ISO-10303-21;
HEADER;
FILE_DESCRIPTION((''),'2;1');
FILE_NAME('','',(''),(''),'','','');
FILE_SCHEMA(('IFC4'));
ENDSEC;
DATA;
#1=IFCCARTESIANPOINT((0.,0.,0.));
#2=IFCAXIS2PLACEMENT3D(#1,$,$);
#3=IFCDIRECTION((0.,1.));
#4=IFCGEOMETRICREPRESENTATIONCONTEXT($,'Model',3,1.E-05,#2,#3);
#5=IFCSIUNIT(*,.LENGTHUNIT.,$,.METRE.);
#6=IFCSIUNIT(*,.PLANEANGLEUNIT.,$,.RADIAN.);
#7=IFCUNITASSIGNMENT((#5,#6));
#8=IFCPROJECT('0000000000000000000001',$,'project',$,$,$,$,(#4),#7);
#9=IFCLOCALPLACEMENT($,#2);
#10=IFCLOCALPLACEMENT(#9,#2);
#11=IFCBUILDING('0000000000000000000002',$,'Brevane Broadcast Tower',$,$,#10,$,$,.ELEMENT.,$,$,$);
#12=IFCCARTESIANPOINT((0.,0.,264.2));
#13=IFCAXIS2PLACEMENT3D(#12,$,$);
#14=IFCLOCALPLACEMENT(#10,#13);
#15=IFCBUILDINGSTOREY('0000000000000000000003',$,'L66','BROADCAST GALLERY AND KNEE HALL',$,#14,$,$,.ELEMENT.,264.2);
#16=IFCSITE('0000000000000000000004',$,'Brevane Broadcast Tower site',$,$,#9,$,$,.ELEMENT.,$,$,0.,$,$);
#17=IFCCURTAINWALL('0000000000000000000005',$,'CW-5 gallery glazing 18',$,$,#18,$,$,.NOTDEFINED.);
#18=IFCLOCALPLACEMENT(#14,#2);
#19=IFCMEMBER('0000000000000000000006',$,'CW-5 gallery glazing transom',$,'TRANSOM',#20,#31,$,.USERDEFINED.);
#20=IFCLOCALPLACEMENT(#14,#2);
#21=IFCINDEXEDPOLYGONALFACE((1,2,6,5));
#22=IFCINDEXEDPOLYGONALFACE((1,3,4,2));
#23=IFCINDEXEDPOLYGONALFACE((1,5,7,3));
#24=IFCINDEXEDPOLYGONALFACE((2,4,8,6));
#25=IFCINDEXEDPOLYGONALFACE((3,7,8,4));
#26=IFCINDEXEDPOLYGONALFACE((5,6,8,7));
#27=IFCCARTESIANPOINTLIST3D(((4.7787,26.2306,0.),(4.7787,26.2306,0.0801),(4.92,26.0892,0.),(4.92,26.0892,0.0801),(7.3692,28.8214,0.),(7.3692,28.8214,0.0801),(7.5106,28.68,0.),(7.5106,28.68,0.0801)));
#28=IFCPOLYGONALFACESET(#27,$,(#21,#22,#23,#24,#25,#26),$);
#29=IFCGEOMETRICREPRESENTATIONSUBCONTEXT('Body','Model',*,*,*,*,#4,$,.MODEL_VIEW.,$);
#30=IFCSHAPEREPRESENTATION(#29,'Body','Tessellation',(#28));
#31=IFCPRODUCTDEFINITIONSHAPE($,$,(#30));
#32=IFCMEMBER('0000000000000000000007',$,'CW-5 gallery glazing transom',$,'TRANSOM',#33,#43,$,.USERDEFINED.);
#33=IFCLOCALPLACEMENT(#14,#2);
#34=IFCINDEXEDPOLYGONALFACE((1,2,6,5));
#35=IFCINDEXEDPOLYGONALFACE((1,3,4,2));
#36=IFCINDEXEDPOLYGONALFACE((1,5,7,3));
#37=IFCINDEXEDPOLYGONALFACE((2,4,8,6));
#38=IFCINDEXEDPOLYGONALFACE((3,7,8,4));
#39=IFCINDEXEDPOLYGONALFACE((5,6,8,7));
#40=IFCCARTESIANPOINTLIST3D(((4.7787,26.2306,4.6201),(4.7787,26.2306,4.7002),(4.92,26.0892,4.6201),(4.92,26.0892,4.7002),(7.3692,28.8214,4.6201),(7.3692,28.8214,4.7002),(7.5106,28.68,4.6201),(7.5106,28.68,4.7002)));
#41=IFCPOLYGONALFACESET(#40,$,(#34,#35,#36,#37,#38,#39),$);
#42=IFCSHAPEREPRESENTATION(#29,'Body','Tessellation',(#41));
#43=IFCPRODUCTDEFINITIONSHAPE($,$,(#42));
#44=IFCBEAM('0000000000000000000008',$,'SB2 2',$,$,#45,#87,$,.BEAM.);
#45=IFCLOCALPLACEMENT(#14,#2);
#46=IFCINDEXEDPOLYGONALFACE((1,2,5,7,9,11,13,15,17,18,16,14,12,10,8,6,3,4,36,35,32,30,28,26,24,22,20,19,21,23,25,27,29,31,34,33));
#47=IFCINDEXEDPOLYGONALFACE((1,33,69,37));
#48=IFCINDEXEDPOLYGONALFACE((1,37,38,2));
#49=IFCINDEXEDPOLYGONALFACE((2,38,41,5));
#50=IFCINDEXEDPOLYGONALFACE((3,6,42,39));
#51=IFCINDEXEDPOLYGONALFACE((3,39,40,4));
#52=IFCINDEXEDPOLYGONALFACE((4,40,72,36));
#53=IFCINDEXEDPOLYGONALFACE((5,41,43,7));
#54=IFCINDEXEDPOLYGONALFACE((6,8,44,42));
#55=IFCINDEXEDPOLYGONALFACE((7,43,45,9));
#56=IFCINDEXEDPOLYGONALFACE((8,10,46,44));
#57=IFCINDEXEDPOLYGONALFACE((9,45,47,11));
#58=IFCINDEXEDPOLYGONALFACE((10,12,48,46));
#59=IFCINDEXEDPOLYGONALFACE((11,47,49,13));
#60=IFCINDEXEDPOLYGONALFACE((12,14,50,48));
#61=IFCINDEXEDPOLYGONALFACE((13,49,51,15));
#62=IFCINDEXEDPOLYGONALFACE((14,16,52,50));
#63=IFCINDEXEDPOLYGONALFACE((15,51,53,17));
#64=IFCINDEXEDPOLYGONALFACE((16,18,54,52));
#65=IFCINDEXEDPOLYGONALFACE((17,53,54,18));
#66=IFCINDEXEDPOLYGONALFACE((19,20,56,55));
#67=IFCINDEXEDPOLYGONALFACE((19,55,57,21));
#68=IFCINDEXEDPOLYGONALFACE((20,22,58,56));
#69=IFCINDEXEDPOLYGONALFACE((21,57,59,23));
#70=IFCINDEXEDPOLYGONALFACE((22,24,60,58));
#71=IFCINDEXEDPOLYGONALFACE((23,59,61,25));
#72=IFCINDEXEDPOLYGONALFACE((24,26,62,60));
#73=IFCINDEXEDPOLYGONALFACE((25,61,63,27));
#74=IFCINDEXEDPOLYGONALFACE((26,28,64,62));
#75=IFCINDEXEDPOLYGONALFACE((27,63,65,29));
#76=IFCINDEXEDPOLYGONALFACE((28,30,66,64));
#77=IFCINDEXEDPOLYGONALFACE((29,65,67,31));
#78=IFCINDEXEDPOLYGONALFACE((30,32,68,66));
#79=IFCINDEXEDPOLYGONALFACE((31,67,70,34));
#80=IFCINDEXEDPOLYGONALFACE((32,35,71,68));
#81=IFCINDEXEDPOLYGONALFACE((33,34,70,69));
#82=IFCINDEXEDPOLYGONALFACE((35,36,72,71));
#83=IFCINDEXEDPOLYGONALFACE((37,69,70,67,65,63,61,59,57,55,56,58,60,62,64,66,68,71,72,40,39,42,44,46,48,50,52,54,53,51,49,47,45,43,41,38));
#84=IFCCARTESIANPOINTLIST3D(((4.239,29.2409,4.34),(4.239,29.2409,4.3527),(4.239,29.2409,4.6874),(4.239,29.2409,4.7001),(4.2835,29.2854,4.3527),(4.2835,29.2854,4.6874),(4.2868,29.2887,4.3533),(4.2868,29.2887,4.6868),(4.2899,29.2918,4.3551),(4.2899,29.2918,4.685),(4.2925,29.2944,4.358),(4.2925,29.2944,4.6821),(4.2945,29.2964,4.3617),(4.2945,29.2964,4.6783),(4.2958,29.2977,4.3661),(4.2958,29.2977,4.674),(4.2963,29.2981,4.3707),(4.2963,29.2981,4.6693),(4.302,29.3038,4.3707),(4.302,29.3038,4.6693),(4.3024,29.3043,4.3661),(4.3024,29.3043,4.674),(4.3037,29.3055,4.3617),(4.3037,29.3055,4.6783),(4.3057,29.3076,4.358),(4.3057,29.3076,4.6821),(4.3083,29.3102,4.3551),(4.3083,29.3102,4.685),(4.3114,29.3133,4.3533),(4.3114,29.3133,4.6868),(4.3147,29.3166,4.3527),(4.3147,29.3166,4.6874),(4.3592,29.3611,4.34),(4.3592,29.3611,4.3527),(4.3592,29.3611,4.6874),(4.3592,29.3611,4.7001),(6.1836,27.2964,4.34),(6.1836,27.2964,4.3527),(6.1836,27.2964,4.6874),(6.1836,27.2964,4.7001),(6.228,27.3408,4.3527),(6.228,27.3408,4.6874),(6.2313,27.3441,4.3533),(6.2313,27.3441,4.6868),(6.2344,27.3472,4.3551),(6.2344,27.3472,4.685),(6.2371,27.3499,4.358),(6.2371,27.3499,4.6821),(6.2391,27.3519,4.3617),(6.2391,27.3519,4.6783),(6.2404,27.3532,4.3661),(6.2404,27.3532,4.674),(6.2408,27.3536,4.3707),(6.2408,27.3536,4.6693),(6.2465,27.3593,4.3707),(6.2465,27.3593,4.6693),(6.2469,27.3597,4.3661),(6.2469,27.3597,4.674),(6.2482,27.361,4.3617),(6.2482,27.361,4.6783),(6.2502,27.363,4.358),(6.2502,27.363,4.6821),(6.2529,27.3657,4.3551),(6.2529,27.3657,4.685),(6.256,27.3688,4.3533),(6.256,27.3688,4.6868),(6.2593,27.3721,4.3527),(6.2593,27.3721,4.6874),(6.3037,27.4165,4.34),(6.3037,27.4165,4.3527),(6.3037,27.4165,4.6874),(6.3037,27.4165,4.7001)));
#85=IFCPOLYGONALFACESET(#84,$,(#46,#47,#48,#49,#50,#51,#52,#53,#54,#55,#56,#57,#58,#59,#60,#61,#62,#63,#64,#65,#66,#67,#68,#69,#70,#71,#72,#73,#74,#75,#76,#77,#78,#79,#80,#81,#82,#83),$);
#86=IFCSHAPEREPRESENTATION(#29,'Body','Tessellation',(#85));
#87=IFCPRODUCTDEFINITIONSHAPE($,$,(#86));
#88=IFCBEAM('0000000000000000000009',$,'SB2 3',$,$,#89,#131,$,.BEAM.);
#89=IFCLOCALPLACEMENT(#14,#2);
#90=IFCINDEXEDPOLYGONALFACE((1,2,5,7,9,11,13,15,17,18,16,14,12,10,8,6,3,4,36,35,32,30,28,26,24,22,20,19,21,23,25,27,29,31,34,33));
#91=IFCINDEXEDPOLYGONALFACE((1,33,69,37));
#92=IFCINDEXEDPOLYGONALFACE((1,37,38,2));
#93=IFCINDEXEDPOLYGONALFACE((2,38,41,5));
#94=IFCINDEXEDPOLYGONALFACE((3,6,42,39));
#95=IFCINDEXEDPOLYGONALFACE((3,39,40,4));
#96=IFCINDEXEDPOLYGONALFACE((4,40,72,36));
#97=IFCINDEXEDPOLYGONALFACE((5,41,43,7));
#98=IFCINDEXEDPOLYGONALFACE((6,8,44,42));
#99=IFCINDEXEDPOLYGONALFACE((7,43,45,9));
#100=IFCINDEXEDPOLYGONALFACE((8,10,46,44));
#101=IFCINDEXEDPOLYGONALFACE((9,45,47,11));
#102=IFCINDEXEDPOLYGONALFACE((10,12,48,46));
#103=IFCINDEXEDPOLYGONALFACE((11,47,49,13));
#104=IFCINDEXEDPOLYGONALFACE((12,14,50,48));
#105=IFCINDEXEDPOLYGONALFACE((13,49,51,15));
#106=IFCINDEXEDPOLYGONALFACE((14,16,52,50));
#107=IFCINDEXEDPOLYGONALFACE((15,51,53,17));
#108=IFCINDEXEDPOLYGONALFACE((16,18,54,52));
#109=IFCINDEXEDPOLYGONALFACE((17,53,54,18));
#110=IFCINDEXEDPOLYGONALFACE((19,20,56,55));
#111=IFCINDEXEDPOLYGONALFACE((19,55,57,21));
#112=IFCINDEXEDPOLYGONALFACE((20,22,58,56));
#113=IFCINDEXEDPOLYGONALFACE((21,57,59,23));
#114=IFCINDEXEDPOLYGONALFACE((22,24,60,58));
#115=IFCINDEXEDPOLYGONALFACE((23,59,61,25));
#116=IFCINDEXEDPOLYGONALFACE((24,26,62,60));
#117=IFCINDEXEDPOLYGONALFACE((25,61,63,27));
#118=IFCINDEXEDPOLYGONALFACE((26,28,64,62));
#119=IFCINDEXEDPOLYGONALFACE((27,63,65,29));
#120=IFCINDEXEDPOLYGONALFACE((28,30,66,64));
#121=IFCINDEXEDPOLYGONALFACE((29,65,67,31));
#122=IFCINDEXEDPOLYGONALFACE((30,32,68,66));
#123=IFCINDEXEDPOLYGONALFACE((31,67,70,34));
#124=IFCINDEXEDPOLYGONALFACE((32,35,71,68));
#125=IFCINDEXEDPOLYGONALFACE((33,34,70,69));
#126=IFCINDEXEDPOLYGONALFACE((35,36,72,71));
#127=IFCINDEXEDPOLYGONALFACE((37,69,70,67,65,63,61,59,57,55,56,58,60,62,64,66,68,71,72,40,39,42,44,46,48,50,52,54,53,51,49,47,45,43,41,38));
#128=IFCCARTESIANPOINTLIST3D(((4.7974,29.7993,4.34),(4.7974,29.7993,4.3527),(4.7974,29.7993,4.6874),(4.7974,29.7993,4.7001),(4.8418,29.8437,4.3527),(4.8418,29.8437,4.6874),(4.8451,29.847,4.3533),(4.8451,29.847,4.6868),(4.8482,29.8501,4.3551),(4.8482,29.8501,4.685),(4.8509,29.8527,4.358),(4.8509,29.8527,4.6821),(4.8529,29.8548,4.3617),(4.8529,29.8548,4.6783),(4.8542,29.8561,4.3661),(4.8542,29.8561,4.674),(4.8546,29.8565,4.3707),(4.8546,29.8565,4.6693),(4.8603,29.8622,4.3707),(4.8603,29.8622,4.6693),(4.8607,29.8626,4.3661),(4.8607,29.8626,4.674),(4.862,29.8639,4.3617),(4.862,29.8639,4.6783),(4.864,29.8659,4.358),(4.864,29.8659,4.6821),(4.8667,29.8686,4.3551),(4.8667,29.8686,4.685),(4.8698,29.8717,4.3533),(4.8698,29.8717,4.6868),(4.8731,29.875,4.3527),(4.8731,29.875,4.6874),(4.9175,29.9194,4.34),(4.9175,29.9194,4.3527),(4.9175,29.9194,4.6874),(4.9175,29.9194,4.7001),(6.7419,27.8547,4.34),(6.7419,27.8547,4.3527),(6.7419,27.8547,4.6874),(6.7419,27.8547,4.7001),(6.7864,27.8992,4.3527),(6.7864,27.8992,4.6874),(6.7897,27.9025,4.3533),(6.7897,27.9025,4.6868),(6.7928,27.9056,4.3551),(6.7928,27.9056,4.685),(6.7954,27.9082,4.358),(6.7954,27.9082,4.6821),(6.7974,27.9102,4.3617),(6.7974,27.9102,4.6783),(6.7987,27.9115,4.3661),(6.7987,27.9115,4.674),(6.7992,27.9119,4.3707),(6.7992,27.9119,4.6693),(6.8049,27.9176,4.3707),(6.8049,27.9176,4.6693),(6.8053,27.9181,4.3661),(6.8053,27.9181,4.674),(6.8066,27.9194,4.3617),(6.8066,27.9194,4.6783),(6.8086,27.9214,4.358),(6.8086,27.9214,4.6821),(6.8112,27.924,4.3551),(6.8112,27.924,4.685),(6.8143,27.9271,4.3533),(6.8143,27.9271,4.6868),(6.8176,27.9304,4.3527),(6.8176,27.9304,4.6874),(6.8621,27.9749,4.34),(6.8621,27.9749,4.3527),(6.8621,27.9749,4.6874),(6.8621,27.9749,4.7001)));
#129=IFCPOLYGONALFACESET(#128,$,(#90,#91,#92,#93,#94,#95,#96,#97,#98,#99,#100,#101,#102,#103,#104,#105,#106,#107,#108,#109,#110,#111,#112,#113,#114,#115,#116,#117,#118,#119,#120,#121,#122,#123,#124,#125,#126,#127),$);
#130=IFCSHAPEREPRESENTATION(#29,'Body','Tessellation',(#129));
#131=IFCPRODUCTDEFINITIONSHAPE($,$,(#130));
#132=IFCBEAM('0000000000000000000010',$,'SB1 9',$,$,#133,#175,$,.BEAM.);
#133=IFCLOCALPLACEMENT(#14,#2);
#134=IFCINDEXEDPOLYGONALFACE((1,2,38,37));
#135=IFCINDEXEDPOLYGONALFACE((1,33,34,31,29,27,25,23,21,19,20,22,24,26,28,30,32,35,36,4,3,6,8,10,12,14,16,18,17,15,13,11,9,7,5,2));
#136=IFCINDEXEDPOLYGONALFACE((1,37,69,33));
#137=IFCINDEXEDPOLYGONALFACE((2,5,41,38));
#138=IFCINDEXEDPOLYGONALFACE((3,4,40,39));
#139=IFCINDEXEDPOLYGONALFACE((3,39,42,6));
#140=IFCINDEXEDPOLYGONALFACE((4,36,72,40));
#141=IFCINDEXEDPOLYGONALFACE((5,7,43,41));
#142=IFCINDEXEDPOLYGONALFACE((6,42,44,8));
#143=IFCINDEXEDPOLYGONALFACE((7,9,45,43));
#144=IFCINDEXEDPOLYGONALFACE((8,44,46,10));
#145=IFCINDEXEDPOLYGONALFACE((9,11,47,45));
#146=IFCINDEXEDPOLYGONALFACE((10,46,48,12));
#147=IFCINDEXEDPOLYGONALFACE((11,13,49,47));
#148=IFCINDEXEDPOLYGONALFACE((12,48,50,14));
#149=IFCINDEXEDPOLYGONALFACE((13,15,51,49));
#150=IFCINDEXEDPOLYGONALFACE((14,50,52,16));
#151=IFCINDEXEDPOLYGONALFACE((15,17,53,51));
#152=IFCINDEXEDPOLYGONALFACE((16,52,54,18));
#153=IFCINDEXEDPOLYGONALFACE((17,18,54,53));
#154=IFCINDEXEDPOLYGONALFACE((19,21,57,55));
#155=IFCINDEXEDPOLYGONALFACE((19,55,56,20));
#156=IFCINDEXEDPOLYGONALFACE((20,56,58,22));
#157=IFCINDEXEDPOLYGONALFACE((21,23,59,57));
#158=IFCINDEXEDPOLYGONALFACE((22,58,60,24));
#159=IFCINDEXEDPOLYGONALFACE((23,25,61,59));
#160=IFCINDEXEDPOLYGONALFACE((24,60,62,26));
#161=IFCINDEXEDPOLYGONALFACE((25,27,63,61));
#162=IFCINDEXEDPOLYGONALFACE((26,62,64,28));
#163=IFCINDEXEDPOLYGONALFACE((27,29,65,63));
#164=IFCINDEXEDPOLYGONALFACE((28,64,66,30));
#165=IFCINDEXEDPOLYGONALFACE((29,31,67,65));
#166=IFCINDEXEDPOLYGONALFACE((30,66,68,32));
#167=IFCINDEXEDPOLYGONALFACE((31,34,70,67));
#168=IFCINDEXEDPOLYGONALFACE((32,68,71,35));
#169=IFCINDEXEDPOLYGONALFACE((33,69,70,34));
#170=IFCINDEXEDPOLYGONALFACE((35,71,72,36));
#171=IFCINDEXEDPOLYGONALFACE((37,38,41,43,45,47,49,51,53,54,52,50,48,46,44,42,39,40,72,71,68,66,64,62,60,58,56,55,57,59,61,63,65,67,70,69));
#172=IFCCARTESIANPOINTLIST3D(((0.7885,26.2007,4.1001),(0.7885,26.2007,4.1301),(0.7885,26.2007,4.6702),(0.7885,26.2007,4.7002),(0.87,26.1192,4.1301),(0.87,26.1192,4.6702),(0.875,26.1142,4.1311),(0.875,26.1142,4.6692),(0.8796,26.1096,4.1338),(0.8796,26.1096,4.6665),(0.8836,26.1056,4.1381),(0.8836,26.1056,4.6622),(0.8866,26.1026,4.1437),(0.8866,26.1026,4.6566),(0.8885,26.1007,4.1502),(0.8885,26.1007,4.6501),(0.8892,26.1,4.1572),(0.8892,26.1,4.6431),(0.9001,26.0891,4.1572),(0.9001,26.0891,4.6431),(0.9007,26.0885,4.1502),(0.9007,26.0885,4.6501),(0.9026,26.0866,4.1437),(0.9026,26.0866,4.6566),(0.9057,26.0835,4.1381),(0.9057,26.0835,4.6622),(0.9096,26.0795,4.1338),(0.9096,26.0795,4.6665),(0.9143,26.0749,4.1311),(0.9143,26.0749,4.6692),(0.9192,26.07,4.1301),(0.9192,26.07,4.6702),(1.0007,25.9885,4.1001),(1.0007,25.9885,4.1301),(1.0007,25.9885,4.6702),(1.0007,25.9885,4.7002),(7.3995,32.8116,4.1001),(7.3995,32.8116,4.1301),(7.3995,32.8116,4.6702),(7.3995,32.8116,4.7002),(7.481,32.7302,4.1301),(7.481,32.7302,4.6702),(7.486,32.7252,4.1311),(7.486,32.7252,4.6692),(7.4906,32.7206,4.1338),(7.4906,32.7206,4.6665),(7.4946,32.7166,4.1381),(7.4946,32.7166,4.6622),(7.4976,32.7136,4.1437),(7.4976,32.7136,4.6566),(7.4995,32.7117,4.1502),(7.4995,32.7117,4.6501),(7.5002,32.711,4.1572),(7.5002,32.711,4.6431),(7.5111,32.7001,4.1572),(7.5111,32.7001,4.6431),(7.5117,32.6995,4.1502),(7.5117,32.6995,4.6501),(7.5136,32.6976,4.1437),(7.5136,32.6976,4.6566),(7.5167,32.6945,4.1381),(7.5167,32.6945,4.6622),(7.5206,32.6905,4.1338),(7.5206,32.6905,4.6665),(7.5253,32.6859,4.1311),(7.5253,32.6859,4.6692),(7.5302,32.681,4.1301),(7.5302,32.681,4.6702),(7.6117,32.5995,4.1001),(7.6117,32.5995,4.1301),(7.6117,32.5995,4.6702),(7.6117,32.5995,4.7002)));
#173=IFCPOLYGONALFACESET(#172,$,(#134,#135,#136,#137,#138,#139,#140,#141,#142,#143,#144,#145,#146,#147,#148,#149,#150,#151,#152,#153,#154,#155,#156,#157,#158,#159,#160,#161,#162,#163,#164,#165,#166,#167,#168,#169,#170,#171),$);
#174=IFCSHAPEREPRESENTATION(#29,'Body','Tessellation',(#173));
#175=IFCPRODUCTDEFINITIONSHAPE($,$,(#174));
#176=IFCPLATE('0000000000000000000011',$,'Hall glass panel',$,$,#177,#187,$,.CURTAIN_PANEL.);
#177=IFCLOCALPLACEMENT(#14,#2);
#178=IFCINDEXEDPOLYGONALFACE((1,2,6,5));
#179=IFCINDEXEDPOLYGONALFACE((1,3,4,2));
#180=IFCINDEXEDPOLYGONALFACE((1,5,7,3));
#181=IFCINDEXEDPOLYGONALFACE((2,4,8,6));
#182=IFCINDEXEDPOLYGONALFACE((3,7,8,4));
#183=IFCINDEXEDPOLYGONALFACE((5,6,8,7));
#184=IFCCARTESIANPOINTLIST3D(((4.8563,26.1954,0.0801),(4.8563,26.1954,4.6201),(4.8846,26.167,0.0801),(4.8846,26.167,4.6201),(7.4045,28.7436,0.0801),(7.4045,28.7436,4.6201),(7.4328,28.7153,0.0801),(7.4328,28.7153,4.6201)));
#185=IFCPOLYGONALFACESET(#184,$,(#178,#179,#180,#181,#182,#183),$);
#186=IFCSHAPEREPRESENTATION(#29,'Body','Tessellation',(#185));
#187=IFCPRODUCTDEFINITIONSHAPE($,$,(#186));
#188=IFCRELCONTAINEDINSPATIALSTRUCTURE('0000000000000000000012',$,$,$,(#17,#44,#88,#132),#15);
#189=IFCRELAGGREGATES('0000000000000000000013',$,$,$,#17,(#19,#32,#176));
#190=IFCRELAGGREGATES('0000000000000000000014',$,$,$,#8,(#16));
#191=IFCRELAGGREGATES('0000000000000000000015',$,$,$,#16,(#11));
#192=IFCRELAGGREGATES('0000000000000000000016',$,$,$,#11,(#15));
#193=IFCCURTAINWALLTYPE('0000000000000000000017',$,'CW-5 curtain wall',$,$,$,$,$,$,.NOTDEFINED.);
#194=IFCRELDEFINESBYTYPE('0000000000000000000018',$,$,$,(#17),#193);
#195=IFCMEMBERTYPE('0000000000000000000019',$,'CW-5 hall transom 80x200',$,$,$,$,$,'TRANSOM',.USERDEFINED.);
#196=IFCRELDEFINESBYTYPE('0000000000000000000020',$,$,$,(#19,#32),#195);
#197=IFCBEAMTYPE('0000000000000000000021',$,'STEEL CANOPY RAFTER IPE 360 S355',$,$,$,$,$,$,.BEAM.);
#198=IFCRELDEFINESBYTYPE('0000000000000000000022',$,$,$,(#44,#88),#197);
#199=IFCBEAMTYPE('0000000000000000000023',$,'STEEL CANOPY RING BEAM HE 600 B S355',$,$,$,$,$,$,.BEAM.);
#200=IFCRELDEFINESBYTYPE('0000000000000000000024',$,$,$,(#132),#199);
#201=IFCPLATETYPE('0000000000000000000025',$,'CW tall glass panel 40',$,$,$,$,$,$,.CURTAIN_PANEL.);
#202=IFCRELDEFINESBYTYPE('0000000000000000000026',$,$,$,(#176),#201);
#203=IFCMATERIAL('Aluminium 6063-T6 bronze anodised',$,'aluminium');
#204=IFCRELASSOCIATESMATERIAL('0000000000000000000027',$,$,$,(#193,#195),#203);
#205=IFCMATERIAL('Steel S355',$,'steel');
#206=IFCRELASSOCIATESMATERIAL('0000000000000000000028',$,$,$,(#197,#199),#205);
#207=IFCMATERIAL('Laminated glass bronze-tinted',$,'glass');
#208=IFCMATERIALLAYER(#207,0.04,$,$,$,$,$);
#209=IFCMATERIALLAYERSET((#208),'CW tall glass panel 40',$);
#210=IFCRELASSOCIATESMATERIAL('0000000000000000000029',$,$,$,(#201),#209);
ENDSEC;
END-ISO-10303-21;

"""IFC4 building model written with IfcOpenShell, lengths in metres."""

from ifc_helpers import new_model, si_unit, direction, frame, origin, origin_2d, place, context, subcontext, project, spatial, rectangle, i_section, extrude, material, layer, layer_set, material_profile, profile_set, type_object, element, aggregate, save


model = new_model("IFC4")

# Units and contexts
model_context = context("Model", 3, precision=1e-05, world=origin(), true_north=direction((0.0, 1.0)))
body_context = subcontext(model_context, "Body", "Model", "MODEL_VIEW")
ifc_project = project(units=[si_unit("LENGTHUNIT", "METRE"), si_unit("PLANEANGLEUNIT", "RADIAN")], contexts=[model_context])

# Site, building, storey
site_placement = place(None, origin())
site = spatial("IfcSite", under=ifc_project, at=site_placement, Name="Brevane Broadcast Tower site", CompositionType="ELEMENT", RefElevation=0.0)
building_placement = place(site_placement, origin())
building = spatial("IfcBuilding", under=site, at=building_placement, Name="Brevane Broadcast Tower", CompositionType="ELEMENT")
storey_placement = place(building_placement, frame((0.0, 0.0, 264.2)))
storey = spatial("IfcBuildingStorey", under=building, at=storey_placement, Name="L66", Description="BROADCAST GALLERY AND KNEE HALL", CompositionType="ELEMENT", Elevation=264.2)

# Curtain wall, members
ifc_material_1 = material(Name="Aluminium 6063-T6 bronze anodised", Category="aluminium")
curtain_wall_type = type_object("IfcCurtainWallType", Name="CW-5 curtain wall", PredefinedType="NOTDEFINED", material=ifc_material_1)
curtain_wall_placement = place(storey_placement, origin())
curtain_wall = element("IfcCurtainWall", 1, at=curtain_wall_placement, inside=storey, type_object=curtain_wall_type, Name="CW-5 gallery glazing 18", PredefinedType="NOTDEFINED")
ifc_material_profile_1 = material_profile(ifc_material_1, rectangle(XDim=0.2, YDim=0.0801, at=origin_2d()), Name="RECT 80x200")
ifc_profile_set_1 = profile_set([ifc_material_profile_1], Name="Aluminium 6063-T6 bronze anodised")
member_type = type_object("IfcMemberType", Name="CW-5 hall transom 80x200", ElementType="TRANSOM", PredefinedType="USERDEFINED", material=ifc_profile_set_1)
member_1_placement = place(storey_placement, frame((7.4399, 28.7507, 0.04), z_axis=(-0.707073, -0.70714, 0.0), x_axis=(0.70714, -0.707073, 0.0)))
member_1 = element("IfcMember", 2, at=member_1_placement, type_object=member_type, Name="CW-5 gallery glazing transom", ObjectType="TRANSOM", PredefinedType="USERDEFINED", context=body_context, shape_type="SweptSolid", body=[
    extrude(rectangle(XDim=0.2, YDim=0.0801, at=origin_2d()), origin(), (0.0, 0.0, 1.0), 3.6638),
])
member_2_placement = place(storey_placement, frame((7.4399, 28.7507, 4.6602), z_axis=(-0.707073, -0.70714, 0.0), x_axis=(0.70714, -0.707073, 0.0)))
member_2 = element("IfcMember", 3, at=member_2_placement, type_object=member_type, Name="CW-5 gallery glazing transom", ObjectType="TRANSOM", PredefinedType="USERDEFINED", context=body_context, shape_type="SweptSolid", body=[
    extrude(rectangle(XDim=0.2, YDim=0.0801, at=origin_2d()), origin(), (0.0, 0.0, 1.0), 3.6638),
])

# Beams
ifc_material_2 = material(Name="Steel S355", Category="steel")
ifc_material_profile_2 = material_profile(ifc_material_2, i_section(OverallWidth=0.1699, OverallDepth=0.3601, WebThickness=0.0081, FlangeThickness=0.0127, FilletRadius=0.0181, at=origin_2d()), Name="IPE 360")
ifc_profile_set_2 = profile_set([ifc_material_profile_2], Name="Steel S355")
beam_type_1 = type_object("IfcBeamType", Name="STEEL CANOPY RAFTER IPE 360 S355", PredefinedType="BEAM", material=ifc_profile_set_2)
for number, where, z_axis, x_axis, name in (
    (4, (6.2437, 27.3564, 4.52), (-0.707107, 0.707107, 0.0), (-0.707107, -0.707107, 0.0), "SB2 2"),
    (5, (6.802, 27.9148, 4.52), (-0.707107, 0.707107, 0.0), (-0.707107, -0.707107, 0.0), "SB2 3"),
):
    element("IfcBeam", number, at=place(storey_placement, frame(where, z_axis=z_axis, x_axis=x_axis)), inside=storey, type_object=beam_type_1, Name=name, PredefinedType="BEAM", context=body_context, shape_type="SweptSolid", body=[
        extrude(i_section(OverallWidth=0.1699, OverallDepth=0.3601, WebThickness=0.0081, FlangeThickness=0.0127, FilletRadius=0.0181, at=origin_2d()), origin(), (0.0, 0.0, 1.0), 2.75),
    ])
ifc_material_profile_3 = material_profile(ifc_material_2, i_section(OverallWidth=0.3, OverallDepth=0.6001, WebThickness=0.0154, FlangeThickness=0.03, FilletRadius=0.0271, at=origin_2d()), Name="HE 600 B")
ifc_profile_set_3 = profile_set([ifc_material_profile_3], Name="Steel S355")
beam_type_2 = type_object("IfcBeamType", Name="STEEL CANOPY RING BEAM HE 600 B S355", PredefinedType="BEAM", material=ifc_profile_set_3)
beam_placement = place(storey_placement, frame((7.5056, 32.7056, 4.4001), z_axis=(-0.707107, -0.707107, 0.0), x_axis=(0.707107, -0.707107, 0.0)))
element("IfcBeam", 6, at=beam_placement, inside=storey, type_object=beam_type_2, Name="SB1 9", PredefinedType="BEAM", context=body_context, shape_type="SweptSolid", body=[
    extrude(i_section(OverallWidth=0.3, OverallDepth=0.6001, WebThickness=0.0154, FlangeThickness=0.03, FilletRadius=0.0271, at=origin_2d()), origin(), (0.0, 0.0, 1.0), 9.3494),
])

# Plate
ifc_material_3 = material(Name="Laminated glass bronze-tinted", Category="glass")
ifc_layer_1 = layer(ifc_material_3, 0.04)
ifc_layer_set_1 = layer_set([ifc_layer_1], Name="CW tall glass panel 40")
plate_type_1 = type_object("IfcPlateType", Name="CW tall glass panel 40", PredefinedType="CURTAIN_PANEL", material=ifc_layer_set_1)
plate_1_placement = place(storey_placement, frame((6.1445, 27.4553, 0.0801), z_axis=(0.0, 0.0, 1.0), x_axis=(-0.707107, -0.707107, 0.0)))
plate_1 = element("IfcPlate", 7, at=plate_1_placement, type_object=plate_type_1, Name="Hall glass panel", PredefinedType="CURTAIN_PANEL", context=body_context, shape_type="SweptSolid", body=[
    extrude(rectangle(XDim=3.6038, YDim=0.04, at=origin_2d()), origin(), (0.0, 0.0, 1.0), 4.54),
])
aggregate(curtain_wall, [member_1, member_2, plate_1])

save(model, "model.ifc")
